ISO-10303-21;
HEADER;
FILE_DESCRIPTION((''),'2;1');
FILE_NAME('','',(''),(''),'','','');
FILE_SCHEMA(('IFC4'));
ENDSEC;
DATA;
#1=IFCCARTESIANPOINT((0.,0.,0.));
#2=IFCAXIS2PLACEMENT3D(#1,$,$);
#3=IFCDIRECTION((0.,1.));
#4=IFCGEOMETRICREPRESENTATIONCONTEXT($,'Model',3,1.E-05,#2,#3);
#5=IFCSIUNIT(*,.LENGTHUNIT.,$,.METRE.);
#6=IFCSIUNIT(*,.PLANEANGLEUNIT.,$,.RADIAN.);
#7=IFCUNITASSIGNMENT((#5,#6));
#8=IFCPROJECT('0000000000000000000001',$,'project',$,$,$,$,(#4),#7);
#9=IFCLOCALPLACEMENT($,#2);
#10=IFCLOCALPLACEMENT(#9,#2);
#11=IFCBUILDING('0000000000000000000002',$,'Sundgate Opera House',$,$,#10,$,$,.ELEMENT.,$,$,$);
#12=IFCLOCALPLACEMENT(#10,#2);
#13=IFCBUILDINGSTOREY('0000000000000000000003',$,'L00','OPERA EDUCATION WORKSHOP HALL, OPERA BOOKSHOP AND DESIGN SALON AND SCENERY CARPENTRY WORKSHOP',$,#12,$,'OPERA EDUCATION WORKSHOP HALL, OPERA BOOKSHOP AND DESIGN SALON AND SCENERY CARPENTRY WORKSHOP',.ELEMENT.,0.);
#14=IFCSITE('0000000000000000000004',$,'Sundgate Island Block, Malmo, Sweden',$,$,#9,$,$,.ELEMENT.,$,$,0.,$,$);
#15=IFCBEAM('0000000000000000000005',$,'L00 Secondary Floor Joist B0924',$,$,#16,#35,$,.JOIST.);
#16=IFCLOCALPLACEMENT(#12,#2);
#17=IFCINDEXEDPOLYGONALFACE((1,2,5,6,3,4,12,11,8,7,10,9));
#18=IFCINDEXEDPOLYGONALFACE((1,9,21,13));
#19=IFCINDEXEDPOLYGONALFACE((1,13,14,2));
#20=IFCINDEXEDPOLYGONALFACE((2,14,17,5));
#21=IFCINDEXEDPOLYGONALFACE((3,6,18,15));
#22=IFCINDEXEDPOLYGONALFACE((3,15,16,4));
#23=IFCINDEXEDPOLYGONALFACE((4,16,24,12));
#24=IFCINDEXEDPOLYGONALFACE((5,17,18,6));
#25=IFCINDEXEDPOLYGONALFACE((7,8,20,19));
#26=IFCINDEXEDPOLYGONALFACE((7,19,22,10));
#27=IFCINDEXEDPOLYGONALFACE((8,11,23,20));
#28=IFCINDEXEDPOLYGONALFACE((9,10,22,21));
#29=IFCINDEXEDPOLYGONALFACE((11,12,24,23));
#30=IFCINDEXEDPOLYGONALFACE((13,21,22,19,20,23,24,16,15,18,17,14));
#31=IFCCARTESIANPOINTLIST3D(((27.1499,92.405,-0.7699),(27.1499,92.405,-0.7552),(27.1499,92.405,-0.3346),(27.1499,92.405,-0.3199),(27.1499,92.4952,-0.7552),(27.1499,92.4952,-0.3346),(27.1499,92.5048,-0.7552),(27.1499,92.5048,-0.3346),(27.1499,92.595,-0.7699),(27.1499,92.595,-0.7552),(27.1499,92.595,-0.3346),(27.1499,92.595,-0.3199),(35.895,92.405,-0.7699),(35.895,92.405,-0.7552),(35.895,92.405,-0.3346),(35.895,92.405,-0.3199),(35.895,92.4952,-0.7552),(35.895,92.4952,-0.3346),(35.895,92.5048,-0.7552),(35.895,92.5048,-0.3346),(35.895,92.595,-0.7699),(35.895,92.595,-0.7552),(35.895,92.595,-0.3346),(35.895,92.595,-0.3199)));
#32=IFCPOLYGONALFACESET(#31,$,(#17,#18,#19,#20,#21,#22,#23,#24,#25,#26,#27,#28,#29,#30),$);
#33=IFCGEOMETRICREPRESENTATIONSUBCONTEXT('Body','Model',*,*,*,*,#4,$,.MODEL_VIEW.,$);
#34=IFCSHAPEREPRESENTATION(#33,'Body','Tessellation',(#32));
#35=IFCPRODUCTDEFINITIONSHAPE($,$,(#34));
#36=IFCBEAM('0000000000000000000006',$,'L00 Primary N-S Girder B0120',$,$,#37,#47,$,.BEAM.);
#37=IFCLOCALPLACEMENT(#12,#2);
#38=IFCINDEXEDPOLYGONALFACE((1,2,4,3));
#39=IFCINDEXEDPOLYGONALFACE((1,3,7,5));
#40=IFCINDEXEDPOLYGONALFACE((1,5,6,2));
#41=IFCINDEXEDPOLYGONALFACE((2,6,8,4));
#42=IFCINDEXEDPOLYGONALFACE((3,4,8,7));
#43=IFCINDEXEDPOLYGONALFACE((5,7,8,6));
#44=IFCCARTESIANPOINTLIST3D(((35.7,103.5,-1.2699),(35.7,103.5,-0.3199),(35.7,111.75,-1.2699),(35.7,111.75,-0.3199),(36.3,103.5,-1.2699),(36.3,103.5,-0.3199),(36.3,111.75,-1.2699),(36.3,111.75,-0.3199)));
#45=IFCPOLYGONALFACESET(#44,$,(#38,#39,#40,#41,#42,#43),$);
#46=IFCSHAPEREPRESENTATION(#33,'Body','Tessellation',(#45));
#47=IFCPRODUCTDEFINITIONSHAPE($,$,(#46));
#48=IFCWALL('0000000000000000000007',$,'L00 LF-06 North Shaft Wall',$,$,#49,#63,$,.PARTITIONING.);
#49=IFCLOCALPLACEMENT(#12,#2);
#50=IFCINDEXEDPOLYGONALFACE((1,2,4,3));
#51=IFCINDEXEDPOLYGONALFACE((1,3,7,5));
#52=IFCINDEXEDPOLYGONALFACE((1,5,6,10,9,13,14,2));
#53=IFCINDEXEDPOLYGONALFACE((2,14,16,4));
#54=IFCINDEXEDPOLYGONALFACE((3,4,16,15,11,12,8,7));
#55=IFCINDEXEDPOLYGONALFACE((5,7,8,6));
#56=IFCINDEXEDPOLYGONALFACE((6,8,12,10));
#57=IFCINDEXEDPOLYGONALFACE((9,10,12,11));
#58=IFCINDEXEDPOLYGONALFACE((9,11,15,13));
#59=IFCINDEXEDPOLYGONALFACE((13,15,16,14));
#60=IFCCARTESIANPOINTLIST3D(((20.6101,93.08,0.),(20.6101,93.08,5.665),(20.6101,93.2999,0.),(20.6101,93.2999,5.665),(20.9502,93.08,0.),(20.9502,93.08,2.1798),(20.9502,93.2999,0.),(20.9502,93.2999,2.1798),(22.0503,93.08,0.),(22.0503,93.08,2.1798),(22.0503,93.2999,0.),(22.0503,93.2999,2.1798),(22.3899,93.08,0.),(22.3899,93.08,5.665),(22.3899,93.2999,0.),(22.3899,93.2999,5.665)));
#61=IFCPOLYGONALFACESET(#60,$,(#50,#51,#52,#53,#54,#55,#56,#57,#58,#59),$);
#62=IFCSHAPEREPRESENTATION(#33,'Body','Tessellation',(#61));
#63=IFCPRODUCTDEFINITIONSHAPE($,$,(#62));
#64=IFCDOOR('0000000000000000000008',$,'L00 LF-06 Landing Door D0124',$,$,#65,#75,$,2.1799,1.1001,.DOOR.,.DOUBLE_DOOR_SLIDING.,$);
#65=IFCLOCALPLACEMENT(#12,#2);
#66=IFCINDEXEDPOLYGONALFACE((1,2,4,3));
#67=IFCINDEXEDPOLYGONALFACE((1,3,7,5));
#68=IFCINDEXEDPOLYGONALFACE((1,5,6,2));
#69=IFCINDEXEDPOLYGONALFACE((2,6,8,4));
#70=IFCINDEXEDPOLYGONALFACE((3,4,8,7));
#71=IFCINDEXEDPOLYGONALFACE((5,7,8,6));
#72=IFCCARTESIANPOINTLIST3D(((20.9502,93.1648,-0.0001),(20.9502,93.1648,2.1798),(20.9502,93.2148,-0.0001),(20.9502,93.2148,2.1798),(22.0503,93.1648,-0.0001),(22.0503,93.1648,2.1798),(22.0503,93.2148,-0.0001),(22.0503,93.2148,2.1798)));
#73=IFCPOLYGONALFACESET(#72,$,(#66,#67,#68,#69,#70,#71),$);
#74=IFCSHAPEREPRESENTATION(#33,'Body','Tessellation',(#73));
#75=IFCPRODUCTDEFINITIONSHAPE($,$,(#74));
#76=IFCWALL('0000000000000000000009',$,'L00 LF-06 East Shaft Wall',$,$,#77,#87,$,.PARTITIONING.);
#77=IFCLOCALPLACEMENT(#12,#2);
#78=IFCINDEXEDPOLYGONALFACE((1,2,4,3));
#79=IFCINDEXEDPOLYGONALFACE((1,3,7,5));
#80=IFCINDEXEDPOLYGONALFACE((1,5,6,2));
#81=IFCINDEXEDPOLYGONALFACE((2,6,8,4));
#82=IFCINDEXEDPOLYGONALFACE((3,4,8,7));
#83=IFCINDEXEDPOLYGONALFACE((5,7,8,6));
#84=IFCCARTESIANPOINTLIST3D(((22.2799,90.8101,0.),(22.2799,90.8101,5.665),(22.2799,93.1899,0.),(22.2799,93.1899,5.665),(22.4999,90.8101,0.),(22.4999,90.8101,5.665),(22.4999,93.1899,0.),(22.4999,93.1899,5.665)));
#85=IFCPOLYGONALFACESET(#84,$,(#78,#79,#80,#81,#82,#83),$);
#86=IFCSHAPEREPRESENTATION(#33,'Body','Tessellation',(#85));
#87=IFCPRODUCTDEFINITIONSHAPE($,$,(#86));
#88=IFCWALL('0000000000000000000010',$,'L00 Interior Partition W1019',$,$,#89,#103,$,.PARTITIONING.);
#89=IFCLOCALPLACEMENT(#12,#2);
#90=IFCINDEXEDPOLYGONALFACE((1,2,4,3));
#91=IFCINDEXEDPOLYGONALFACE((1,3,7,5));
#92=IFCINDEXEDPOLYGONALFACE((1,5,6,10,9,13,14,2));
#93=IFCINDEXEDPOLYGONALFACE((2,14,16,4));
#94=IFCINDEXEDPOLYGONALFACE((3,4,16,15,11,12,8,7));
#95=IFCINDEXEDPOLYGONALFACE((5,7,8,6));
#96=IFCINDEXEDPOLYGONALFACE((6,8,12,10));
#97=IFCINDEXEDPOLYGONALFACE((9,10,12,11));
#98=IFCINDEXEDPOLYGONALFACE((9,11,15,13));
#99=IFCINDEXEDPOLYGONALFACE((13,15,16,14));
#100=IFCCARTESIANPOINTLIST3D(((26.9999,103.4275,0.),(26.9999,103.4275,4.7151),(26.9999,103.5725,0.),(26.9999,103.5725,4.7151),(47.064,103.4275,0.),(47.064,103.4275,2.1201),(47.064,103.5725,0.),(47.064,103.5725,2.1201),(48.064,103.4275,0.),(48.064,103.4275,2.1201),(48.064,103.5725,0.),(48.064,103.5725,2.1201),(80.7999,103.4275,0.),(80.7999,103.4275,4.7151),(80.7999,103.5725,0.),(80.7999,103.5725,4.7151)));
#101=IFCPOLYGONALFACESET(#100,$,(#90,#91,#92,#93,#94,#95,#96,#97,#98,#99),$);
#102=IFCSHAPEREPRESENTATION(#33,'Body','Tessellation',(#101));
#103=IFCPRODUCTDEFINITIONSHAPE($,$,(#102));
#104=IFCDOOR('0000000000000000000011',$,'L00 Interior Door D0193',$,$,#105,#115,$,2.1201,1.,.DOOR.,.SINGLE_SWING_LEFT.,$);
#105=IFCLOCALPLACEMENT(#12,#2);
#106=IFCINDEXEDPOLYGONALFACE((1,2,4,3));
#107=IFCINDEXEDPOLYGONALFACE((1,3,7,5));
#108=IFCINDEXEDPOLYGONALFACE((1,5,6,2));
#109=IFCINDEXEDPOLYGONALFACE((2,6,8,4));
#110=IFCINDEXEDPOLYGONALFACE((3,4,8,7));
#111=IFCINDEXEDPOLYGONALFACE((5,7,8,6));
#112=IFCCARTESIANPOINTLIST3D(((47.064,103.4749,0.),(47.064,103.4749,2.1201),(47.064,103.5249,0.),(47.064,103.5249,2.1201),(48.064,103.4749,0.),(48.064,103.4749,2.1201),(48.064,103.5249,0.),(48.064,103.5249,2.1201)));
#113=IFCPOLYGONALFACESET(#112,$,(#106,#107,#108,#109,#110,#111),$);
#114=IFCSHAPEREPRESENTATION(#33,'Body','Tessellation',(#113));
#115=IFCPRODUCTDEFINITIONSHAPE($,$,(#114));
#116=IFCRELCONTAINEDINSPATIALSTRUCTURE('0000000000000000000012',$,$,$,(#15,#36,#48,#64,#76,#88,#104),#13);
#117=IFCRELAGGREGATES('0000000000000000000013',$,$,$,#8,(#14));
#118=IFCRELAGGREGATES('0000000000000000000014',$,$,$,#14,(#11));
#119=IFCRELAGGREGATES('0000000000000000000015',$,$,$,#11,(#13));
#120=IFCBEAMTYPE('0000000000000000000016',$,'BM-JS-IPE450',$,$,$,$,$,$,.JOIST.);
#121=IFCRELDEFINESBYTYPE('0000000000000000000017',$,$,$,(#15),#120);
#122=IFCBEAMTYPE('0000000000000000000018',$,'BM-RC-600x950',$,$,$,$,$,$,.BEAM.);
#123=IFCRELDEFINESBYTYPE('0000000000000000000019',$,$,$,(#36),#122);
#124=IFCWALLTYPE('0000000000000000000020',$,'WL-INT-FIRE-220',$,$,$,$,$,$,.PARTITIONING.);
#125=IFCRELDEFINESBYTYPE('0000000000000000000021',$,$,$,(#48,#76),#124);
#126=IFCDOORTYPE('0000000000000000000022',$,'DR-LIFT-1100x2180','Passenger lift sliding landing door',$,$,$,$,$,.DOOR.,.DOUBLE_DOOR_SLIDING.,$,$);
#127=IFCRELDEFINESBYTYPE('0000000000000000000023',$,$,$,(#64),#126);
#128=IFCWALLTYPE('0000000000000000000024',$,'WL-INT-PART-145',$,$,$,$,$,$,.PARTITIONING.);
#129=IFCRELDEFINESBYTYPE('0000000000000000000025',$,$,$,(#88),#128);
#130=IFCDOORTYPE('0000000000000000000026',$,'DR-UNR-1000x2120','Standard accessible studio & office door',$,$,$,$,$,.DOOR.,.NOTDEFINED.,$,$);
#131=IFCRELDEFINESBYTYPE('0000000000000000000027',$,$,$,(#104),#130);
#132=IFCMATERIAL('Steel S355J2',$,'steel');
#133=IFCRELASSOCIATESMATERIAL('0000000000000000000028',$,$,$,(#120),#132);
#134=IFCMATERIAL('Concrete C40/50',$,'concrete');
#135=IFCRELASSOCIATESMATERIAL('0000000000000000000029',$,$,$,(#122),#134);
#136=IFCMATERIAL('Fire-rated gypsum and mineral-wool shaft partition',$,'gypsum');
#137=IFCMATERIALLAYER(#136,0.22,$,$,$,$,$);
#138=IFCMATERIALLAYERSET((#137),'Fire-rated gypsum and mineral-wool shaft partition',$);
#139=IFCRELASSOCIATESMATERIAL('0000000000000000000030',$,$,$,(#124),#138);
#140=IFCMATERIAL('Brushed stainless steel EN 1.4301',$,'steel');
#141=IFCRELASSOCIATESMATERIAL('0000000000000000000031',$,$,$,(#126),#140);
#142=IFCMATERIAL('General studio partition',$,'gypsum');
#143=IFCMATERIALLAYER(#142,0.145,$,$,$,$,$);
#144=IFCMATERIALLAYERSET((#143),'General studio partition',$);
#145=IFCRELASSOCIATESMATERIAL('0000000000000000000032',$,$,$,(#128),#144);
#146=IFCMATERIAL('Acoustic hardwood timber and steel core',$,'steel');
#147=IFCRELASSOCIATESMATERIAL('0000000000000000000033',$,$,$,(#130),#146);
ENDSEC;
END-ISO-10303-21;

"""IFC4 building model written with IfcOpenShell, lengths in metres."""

from ifc_helpers import new_model, si_unit, direction, frame, frame_2d, origin, origin_2d, place, context, subcontext, project, spatial, rectangle, i_section, extrude, material, layer, layer_set, material_profile, profile_set, type_object, element, fill, save


model = new_model("IFC4")

# Units and contexts
model_context = context("Model", 3, precision=1e-05, world=origin(), true_north=direction((0.0, 1.0)))
body_context = subcontext(model_context, "Body", "Model", "MODEL_VIEW")
ifc_project = project(units=[si_unit("LENGTHUNIT", "METRE"), si_unit("PLANEANGLEUNIT", "RADIAN")], contexts=[model_context])

# Site, building, storey
site_placement = place(None, origin())
site = spatial("IfcSite", under=ifc_project, at=site_placement, Name="Sundgate Island Block, Malmo, Sweden", CompositionType="ELEMENT", RefElevation=0.0)
building_placement = place(site_placement, origin())
building = spatial("IfcBuilding", under=site, at=building_placement, Name="Sundgate Opera House", CompositionType="ELEMENT")
storey_placement = place(building_placement, origin())
storey = spatial("IfcBuildingStorey", under=building, at=storey_placement, Name="L00", Description="OPERA EDUCATION WORKSHOP HALL, OPERA BOOKSHOP AND DESIGN SALON AND SCENERY CARPENTRY WORKSHOP", LongName="OPERA EDUCATION WORKSHOP HALL, OPERA BOOKSHOP AND DESIGN SALON AND SCENERY CARPENTRY WORKSHOP", CompositionType="ELEMENT", Elevation=0.0)

# Beams
ifc_material_1 = material(Name="Steel S355J2", Category="steel")
ifc_material_profile_1 = material_profile(ifc_material_1, i_section(OverallWidth=0.1899, OverallDepth=0.45, WebThickness=0.0095, FlangeThickness=0.0146, at=origin_2d()), Name="IPE 450")
ifc_profile_set_1 = profile_set([ifc_material_profile_1], Name="Steel S355J2")
beam_type_1 = type_object("IfcBeamType", Name="BM-JS-IPE450", PredefinedType="JOIST", material=ifc_profile_set_1)
beam_1_placement = place(storey_placement, frame((27.1499, 92.5, -0.5449), z_axis=(1.0, 0.0, 0.0), x_axis=(0.0, 1.0, 0.0)))
element("IfcBeam", 1, at=beam_1_placement, inside=storey, type_object=beam_type_1, Name="L00 Secondary Floor Joist B0924", PredefinedType="JOIST", context=body_context, shape_type="SweptSolid", body=[
    extrude(i_section(OverallWidth=0.1899, OverallDepth=0.45, WebThickness=0.0095, FlangeThickness=0.0146, at=origin_2d()), origin(), (0.0, 0.0, 1.0), 8.7451),
])
ifc_material_2 = material(Name="Concrete C40/50", Category="concrete")
ifc_material_profile_2 = material_profile(ifc_material_2, rectangle(XDim=0.6001, YDim=0.95, at=origin_2d()), Name="RC 600x950")
ifc_profile_set_2 = profile_set([ifc_material_profile_2], Name="Concrete C40/50")
beam_type_2 = type_object("IfcBeamType", Name="BM-RC-600x950", PredefinedType="BEAM", material=ifc_profile_set_2)
beam_2_placement = place(storey_placement, frame((36.0, 103.5, -0.7949), z_axis=(0.0, 1.0, 0.0), x_axis=(-1.0, 0.0, 0.0)))
element("IfcBeam", 2, at=beam_2_placement, inside=storey, type_object=beam_type_2, Name="L00 Primary N-S Girder B0120", PredefinedType="BEAM", context=body_context, shape_type="SweptSolid", body=[
    extrude(rectangle(XDim=0.6001, YDim=0.95, at=origin_2d()), origin(), (0.0, 0.0, 1.0), 8.25),
])

# Wall, opening, door
ifc_material_3 = material(Name="Fire-rated gypsum and mineral-wool shaft partition", Category="gypsum")
ifc_layer_1 = layer(ifc_material_3, 0.22)
ifc_layer_set_1 = layer_set([ifc_layer_1], Name="Fire-rated gypsum and mineral-wool shaft partition")
wall_type_1 = type_object("IfcWallType", Name="WL-INT-FIRE-220", PredefinedType="PARTITIONING", material=ifc_layer_set_1)
wall_1_placement = place(storey_placement, frame((20.6101, 93.1899, 0.0), z_axis=(0.0, 0.0, 1.0), x_axis=(1.0, 0.0, 0.0)))
wall_1 = element("IfcWall", 3, at=wall_1_placement, inside=storey, type_object=wall_type_1, Name="L00 LF-06 North Shaft Wall", PredefinedType="PARTITIONING", context=body_context, shape_type="SweptSolid", body=[
    extrude(rectangle(XDim=1.7798, YDim=0.22, at=frame_2d((0.8899, 0.0))), origin(), (0.0, 0.0, 1.0), 5.665),
])
opening_1_placement = place(wall_1_placement, frame((0.3401, 0.0, 0.0)))
opening_1 = element("IfcOpeningElement", 4, at=opening_1_placement, cuts=wall_1, PredefinedType="OPENING", context=body_context, shape_type="SweptSolid", body=[
    extrude(rectangle(XDim=1.1001, YDim=2.1799, at=frame_2d((0.55, 1.0898))), frame((0.0, 0.1199, 0.0), z_axis=(0.0, -1.0, 0.0), x_axis=(1.0, 0.0, 0.0)), (0.0, 0.0, 1.0), 0.24),
])
ifc_material_4 = material(Name="Brushed stainless steel EN 1.4301", Category="steel")
door_type_1 = type_object("IfcDoorType", Name="DR-LIFT-1100x2180", Description="Passenger lift sliding landing door", OperationType="DOUBLE_DOOR_SLIDING", PredefinedType="DOOR", material=ifc_material_4)
door_1_placement = place(opening_1_placement, origin())
door_1 = element("IfcDoor", 5, at=door_1_placement, inside=storey, type_object=door_type_1, Name="L00 LF-06 Landing Door D0124", OperationType="DOUBLE_DOOR_SLIDING", OverallHeight=2.1799, OverallWidth=1.1001, PredefinedType="DOOR", context=body_context, shape_type="SweptSolid", body=[
    extrude(rectangle(XDim=1.1001, YDim=2.1799, at=frame_2d((0.55, 1.0898))), frame((0.0, 0.0249, 0.0), z_axis=(0.0, -1.0, 0.0), x_axis=(1.0, 0.0, 0.0)), (0.0, 0.0, 1.0), 0.05),
])
fill(opening_1, door_1)

# Wall
wall_2_placement = place(storey_placement, frame((22.3899, 90.8101, 0.0), z_axis=(0.0, 0.0, 1.0), x_axis=(0.0, 1.0, 0.0)))
element("IfcWall", 6, at=wall_2_placement, inside=storey, type_object=wall_type_1, Name="L00 LF-06 East Shaft Wall", PredefinedType="PARTITIONING", context=body_context, shape_type="SweptSolid", body=[
    extrude(rectangle(XDim=2.3799, YDim=0.22, at=frame_2d((1.1899, 0.0))), origin(), (0.0, 0.0, 1.0), 5.665),
])

# Wall, opening, door
ifc_material_5 = material(Name="General studio partition", Category="gypsum")
ifc_layer_2 = layer(ifc_material_5, 0.145)
ifc_layer_set_2 = layer_set([ifc_layer_2], Name="General studio partition")
wall_type_2 = type_object("IfcWallType", Name="WL-INT-PART-145", PredefinedType="PARTITIONING", material=ifc_layer_set_2)
wall_3_placement = place(storey_placement, frame((27.0, 103.5, 0.0), z_axis=(0.0, 0.0, 1.0), x_axis=(1.0, 0.0, 0.0)))
wall_3 = element("IfcWall", 7, at=wall_3_placement, inside=storey, type_object=wall_type_2, Name="L00 Interior Partition W1019", PredefinedType="PARTITIONING", context=body_context, shape_type="SweptSolid", body=[
    extrude(rectangle(XDim=53.8, YDim=0.145, at=frame_2d((26.8999, 0.0))), origin(), (0.0, 0.0, 1.0), 4.7151),
])
opening_2_placement = place(wall_3_placement, frame((20.064, 0.0, 0.0)))
opening_2 = element("IfcOpeningElement", 8, at=opening_2_placement, cuts=wall_3, PredefinedType="OPENING", context=body_context, shape_type="SweptSolid", body=[
    extrude(rectangle(XDim=1.0, YDim=2.1201, at=frame_2d((0.5, 1.0601))), frame((0.0, 0.0825, 0.0), z_axis=(0.0, -1.0, 0.0), x_axis=(1.0, 0.0, 0.0)), (0.0, 0.0, 1.0), 0.165),
])
ifc_material_6 = material(Name="Acoustic hardwood timber and steel core", Category="steel")
door_type_2 = type_object("IfcDoorType", Name="DR-UNR-1000x2120", Description="Standard accessible studio & office door", OperationType="NOTDEFINED", PredefinedType="DOOR", material=ifc_material_6)
door_2_placement = place(opening_2_placement, origin())
door_2 = element("IfcDoor", 9, at=door_2_placement, inside=storey, type_object=door_type_2, Name="L00 Interior Door D0193", OperationType="SINGLE_SWING_LEFT", OverallHeight=2.1201, OverallWidth=1.0, PredefinedType="DOOR", context=body_context, shape_type="SweptSolid", body=[
    extrude(rectangle(XDim=1.0, YDim=2.1201, at=frame_2d((0.5, 1.0601))), frame((0.0, 0.0249, 0.0), z_axis=(0.0, -1.0, 0.0), x_axis=(1.0, 0.0, 0.0)), (0.0, 0.0, 1.0), 0.05),
])
fill(opening_2, door_2)

save(model, "model.ifc")
